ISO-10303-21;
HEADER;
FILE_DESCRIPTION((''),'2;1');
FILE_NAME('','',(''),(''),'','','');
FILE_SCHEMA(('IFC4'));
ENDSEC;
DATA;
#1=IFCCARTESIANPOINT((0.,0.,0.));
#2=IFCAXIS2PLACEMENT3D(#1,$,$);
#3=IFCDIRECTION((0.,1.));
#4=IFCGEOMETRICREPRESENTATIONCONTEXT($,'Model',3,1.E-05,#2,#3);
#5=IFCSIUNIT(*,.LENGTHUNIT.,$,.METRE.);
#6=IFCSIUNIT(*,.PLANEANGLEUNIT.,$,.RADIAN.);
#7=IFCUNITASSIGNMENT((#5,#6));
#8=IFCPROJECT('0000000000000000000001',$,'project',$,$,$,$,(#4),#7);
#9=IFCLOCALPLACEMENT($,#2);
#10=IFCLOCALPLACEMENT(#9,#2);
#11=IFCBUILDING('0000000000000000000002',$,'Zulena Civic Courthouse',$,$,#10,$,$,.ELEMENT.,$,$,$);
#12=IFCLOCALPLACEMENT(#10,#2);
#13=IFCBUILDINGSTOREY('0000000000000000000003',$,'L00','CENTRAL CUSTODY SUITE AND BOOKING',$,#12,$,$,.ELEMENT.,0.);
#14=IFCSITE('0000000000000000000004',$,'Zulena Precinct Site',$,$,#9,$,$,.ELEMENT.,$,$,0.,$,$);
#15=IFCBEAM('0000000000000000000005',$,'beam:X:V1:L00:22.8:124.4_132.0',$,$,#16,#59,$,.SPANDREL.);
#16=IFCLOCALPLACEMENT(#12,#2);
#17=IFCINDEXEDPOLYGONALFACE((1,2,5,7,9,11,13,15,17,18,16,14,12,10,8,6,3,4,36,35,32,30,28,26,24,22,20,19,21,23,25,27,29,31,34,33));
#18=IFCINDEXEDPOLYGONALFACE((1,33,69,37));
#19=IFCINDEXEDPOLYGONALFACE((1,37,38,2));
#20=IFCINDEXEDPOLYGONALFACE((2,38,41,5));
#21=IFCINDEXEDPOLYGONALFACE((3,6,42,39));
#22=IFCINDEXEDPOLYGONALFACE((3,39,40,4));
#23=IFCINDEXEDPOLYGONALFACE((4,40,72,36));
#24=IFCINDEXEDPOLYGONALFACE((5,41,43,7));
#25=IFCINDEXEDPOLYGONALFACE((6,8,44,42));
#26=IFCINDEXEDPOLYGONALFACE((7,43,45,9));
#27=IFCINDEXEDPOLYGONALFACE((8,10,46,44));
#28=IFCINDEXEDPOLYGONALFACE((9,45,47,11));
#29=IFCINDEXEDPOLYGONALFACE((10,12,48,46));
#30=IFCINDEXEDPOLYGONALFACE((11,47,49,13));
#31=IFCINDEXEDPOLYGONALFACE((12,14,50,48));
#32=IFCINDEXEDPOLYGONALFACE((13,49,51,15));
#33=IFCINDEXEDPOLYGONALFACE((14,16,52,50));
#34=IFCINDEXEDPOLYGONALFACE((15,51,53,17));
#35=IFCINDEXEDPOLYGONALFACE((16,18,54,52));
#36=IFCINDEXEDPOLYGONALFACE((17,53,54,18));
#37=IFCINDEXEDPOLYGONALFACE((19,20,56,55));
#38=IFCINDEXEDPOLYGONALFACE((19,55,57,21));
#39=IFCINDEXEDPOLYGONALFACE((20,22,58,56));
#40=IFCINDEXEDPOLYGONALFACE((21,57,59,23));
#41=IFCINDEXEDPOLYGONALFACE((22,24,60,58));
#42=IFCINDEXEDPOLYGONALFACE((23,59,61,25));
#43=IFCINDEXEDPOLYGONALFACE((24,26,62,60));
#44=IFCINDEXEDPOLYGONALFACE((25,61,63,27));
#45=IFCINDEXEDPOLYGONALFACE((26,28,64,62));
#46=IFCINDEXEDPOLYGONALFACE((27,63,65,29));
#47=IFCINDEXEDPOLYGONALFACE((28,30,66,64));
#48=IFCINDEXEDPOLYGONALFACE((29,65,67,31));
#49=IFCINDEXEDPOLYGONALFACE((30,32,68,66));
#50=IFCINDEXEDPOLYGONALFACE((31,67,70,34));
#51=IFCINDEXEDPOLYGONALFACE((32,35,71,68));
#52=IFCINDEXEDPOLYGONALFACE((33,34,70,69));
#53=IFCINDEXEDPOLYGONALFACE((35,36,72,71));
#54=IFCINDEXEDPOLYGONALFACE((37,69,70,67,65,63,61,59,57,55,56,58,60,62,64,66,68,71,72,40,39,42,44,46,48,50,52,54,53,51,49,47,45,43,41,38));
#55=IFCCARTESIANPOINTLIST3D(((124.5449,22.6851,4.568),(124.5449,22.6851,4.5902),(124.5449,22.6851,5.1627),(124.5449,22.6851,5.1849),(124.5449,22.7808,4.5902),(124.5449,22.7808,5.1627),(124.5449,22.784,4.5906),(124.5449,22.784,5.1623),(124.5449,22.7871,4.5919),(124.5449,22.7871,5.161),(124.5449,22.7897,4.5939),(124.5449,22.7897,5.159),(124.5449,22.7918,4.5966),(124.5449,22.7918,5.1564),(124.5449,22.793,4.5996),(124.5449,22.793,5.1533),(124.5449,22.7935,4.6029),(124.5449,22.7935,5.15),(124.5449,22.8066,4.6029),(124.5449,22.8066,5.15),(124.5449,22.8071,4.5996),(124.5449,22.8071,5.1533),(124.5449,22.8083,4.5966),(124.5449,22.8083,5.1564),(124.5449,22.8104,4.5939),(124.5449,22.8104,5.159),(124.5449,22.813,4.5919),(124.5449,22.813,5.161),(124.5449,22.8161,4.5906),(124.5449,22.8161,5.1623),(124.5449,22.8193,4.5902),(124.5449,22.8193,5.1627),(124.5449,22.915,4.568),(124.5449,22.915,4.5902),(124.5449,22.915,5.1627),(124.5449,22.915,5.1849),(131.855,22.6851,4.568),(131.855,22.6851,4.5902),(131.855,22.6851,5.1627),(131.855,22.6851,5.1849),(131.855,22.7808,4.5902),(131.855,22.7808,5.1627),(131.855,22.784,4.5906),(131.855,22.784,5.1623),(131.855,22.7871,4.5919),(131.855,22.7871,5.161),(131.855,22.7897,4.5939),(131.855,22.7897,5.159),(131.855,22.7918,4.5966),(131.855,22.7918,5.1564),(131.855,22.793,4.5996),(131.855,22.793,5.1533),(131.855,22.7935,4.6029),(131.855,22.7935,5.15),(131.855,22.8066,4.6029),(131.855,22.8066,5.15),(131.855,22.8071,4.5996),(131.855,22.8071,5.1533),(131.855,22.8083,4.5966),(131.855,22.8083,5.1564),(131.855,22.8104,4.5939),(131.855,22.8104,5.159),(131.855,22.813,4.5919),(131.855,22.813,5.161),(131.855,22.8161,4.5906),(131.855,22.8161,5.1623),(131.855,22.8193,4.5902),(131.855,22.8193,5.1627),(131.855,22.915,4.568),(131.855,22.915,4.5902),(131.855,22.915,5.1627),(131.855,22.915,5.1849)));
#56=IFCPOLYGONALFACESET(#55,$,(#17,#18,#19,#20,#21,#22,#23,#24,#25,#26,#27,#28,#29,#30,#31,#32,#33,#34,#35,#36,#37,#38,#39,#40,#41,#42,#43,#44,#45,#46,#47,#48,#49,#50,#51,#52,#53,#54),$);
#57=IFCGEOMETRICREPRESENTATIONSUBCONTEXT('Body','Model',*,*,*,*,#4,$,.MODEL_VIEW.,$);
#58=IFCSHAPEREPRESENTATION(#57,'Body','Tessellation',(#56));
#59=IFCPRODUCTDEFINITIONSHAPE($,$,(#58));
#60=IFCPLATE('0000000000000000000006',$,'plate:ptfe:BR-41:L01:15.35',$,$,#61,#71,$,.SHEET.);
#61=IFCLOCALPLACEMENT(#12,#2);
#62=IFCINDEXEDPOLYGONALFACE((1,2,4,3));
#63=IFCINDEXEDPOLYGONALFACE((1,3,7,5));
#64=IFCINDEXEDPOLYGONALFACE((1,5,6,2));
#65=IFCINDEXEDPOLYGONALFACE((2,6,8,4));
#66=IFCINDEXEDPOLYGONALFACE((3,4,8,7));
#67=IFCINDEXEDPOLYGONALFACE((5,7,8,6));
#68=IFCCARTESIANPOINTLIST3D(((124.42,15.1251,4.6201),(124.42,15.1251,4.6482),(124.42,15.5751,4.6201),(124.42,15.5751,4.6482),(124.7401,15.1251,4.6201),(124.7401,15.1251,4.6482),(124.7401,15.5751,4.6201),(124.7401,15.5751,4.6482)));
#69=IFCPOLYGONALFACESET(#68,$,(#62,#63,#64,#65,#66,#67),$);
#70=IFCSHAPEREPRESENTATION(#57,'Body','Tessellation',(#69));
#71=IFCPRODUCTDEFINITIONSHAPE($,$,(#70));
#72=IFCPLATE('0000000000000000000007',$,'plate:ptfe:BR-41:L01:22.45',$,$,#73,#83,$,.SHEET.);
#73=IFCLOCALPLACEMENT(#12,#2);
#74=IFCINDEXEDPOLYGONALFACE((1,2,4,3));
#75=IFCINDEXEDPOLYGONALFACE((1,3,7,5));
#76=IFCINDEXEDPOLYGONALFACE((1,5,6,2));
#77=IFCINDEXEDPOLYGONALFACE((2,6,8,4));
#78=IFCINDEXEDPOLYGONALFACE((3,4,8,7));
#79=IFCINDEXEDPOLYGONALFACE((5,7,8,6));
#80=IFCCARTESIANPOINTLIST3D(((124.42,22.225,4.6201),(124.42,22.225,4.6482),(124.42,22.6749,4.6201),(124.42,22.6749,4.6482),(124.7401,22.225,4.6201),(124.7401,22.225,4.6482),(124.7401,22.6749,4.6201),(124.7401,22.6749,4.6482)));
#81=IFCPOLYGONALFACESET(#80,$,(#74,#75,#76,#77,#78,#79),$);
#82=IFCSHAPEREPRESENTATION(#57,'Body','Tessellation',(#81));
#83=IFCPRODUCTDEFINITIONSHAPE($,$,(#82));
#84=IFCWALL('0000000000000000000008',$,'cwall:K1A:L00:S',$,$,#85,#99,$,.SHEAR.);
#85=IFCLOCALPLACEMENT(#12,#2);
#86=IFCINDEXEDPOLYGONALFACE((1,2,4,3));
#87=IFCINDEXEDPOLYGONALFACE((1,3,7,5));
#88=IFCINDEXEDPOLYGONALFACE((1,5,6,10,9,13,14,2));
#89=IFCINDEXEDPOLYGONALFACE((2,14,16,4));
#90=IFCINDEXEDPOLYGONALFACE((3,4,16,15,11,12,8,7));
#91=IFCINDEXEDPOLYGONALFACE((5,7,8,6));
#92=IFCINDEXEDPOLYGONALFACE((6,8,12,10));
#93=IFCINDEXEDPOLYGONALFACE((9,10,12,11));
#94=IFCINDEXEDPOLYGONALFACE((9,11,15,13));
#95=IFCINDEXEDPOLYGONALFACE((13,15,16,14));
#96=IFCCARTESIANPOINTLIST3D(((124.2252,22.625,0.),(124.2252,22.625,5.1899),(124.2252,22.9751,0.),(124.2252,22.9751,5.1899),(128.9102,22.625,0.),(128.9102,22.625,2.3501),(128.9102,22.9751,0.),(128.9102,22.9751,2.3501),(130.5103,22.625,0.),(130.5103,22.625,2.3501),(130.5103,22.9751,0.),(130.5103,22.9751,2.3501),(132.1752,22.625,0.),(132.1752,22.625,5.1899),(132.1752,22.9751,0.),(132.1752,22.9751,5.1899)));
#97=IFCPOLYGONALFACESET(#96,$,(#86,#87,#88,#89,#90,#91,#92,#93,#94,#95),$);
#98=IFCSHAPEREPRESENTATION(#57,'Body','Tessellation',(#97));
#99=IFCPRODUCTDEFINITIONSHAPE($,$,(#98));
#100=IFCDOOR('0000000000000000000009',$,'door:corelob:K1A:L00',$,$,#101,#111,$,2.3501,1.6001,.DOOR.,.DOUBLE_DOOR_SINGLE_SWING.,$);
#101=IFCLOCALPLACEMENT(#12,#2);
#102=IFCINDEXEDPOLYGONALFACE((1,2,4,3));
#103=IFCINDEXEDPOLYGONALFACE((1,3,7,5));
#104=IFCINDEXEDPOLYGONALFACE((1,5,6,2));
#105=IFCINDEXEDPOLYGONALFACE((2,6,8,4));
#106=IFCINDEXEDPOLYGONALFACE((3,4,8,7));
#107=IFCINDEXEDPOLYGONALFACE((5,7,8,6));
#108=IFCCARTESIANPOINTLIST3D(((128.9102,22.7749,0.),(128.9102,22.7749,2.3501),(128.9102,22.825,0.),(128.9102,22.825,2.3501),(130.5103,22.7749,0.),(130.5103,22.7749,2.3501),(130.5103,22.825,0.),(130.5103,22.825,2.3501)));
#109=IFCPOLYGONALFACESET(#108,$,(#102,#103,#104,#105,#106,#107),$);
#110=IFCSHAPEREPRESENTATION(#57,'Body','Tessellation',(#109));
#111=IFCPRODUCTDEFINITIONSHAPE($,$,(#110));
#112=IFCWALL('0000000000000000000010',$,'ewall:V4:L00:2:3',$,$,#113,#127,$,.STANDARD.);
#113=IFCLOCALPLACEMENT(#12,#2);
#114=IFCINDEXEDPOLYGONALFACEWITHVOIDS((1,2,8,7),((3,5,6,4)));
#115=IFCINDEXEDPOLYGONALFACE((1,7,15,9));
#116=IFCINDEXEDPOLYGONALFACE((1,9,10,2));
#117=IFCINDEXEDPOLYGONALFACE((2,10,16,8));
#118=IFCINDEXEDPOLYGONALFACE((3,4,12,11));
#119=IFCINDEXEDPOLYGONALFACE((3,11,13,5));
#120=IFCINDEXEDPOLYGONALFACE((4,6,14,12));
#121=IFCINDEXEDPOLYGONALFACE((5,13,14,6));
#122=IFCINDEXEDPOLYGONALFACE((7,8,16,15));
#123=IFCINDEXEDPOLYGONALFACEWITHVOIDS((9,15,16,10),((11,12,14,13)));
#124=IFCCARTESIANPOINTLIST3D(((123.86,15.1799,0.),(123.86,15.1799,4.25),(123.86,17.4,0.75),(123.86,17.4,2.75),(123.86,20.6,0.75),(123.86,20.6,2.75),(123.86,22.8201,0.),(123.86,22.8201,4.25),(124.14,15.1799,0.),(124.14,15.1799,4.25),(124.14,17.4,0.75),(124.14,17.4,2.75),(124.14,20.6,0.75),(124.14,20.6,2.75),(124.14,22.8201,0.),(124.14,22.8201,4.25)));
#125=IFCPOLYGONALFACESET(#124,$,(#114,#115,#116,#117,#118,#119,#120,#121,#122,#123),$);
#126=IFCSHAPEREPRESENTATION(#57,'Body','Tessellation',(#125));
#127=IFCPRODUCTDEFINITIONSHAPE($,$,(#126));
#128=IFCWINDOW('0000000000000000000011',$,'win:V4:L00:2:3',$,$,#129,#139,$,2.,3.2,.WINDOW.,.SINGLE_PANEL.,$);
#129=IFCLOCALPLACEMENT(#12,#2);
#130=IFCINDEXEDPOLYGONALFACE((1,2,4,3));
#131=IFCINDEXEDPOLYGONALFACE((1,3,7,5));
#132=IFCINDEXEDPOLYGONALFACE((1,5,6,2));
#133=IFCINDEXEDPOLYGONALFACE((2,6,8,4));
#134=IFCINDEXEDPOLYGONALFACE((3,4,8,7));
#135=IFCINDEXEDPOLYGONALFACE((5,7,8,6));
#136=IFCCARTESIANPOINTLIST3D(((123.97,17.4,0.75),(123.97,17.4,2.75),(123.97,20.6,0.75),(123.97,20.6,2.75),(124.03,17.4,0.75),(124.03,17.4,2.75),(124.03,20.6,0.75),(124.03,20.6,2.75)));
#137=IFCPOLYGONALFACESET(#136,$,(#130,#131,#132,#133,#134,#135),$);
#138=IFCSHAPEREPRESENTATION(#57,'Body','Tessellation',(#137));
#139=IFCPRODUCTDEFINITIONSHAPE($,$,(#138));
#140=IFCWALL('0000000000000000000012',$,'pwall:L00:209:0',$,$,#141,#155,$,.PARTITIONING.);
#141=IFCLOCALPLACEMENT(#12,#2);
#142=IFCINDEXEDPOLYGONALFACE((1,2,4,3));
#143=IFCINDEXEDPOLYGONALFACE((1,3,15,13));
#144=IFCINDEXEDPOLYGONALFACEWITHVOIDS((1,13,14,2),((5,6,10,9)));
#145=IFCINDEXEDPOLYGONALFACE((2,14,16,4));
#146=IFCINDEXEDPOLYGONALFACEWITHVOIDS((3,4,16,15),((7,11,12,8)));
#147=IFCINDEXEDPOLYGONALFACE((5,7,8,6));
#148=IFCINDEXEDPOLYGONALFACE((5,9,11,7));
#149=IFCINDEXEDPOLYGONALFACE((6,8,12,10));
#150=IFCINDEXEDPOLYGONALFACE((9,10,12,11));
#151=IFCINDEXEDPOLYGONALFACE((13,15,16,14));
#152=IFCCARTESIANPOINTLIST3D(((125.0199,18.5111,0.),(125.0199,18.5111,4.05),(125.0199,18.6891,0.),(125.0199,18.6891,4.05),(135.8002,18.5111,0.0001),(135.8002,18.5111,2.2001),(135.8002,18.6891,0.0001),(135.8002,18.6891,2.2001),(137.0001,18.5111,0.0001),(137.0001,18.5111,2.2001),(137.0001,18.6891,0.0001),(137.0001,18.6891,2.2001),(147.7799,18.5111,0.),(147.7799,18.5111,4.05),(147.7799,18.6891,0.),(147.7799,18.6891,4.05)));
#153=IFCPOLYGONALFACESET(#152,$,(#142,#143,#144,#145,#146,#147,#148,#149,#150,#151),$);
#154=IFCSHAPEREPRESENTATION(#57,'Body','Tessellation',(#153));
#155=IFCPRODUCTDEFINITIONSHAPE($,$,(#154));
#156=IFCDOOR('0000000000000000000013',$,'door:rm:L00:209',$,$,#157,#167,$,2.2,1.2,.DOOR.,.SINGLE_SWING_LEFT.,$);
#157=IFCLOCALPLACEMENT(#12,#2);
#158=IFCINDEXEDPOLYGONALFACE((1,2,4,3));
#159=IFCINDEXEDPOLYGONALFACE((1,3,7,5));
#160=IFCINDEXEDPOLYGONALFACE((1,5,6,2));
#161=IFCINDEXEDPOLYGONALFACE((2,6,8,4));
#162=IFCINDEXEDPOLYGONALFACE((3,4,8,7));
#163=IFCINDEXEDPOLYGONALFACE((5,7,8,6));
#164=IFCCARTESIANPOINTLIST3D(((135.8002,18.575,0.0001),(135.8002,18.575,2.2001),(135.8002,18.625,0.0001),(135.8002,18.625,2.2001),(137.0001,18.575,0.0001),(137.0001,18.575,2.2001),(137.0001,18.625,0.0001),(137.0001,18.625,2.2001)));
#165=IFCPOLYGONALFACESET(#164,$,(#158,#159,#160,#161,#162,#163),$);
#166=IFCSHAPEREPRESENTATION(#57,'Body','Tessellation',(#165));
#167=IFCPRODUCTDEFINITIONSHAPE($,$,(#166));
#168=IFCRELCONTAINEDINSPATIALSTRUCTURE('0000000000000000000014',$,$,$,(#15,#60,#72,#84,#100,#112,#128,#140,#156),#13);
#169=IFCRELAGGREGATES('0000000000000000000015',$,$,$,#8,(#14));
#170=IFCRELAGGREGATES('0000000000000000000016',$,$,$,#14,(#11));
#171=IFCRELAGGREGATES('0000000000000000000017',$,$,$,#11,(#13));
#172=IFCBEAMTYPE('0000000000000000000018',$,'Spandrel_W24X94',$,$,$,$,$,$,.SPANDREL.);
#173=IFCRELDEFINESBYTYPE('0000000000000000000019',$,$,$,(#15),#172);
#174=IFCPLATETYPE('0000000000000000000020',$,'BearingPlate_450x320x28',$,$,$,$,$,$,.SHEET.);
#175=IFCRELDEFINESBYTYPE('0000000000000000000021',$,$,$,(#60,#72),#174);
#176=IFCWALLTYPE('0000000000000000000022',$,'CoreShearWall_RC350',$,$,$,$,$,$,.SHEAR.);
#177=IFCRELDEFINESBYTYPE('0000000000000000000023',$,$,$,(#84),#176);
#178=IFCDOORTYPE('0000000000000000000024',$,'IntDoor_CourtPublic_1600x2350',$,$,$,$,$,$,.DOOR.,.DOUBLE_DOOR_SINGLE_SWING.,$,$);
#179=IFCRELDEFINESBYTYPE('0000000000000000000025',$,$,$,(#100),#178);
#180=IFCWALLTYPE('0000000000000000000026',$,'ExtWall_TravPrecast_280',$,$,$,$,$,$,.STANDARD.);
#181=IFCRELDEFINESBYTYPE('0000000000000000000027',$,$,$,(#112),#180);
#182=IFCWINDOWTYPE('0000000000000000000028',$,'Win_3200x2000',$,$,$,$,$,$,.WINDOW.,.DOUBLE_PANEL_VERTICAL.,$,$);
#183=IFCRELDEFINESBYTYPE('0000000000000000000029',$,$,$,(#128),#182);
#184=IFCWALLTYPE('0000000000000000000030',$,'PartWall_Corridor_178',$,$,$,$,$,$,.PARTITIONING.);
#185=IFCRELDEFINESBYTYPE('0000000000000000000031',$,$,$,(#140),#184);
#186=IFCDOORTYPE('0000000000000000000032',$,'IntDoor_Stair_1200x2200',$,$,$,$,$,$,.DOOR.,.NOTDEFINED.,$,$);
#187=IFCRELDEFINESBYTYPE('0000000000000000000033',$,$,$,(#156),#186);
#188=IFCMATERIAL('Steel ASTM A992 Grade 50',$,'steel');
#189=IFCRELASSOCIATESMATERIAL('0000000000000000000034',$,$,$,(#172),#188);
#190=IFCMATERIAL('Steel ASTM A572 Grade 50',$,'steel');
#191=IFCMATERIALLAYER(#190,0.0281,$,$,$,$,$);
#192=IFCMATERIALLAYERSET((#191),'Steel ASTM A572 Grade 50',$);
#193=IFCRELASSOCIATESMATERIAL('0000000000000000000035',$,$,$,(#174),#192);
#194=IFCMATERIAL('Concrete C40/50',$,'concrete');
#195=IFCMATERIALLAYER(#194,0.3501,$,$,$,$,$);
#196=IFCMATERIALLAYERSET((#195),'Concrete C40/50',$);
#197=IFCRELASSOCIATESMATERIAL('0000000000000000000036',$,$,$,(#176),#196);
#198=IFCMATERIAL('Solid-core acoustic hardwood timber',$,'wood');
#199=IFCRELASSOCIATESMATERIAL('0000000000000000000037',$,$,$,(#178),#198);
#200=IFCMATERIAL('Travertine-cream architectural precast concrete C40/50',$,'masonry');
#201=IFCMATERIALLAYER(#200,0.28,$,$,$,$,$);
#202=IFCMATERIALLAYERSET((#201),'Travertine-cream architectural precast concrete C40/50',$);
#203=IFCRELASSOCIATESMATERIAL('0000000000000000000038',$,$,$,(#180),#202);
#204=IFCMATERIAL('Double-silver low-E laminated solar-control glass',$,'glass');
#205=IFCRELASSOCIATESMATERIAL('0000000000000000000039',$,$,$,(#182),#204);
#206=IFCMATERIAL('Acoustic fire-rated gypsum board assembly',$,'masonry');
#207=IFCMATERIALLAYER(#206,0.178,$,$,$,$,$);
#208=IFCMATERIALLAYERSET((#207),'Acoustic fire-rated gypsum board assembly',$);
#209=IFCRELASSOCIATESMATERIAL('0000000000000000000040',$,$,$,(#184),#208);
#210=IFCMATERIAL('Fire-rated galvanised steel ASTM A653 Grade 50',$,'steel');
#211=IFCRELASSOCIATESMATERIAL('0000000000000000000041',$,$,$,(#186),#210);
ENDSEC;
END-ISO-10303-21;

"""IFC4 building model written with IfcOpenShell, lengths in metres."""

from ifc_helpers import new_model, si_unit, direction, frame, frame_2d, origin, origin_2d, place, context, subcontext, project, spatial, rectangle, i_section, extrude, material, layer, layer_set, material_profile, profile_set, type_object, element, fill, save


model = new_model("IFC4")

# Units and contexts
model_context = context("Model", 3, precision=1e-05, world=origin(), true_north=direction((0.0, 1.0)))
body_context = subcontext(model_context, "Body", "Model", "MODEL_VIEW")
ifc_project = project(units=[si_unit("LENGTHUNIT", "METRE"), si_unit("PLANEANGLEUNIT", "RADIAN")], contexts=[model_context])

# Site, building, storey
site_placement = place(None, origin())
site = spatial("IfcSite", under=ifc_project, at=site_placement, Name="Zulena Precinct Site", CompositionType="ELEMENT", RefElevation=0.0)
building_placement = place(site_placement, origin())
building = spatial("IfcBuilding", under=site, at=building_placement, Name="Zulena Civic Courthouse", CompositionType="ELEMENT")
storey_placement = place(building_placement, origin())
storey = spatial("IfcBuildingStorey", under=building, at=storey_placement, Name="L00", Description="CENTRAL CUSTODY SUITE AND BOOKING", CompositionType="ELEMENT", Elevation=0.0)

# Shared definitions
ifc_material_1 = material(Name="Concrete C40/50", Category="concrete")

# Shared definitions
ifc_material_2 = material(Name="Steel ASTM A992 Grade 50", Category="steel")

# Beam
ifc_material_profile_1 = material_profile(ifc_material_2, i_section(OverallWidth=0.23, OverallDepth=0.6169, WebThickness=0.0132, FlangeThickness=0.0222, FilletRadius=0.0127, at=origin_2d()), Name="W24X94")
ifc_profile_set_1 = profile_set([ifc_material_profile_1], Name="Steel ASTM A992 Grade 50")
beam_type_1 = type_object("IfcBeamType", Name="Spandrel_W24X94", PredefinedType="SPANDREL", material=ifc_profile_set_1)
beam_placement = place(storey_placement, frame((124.5449, 22.8, 4.8765), z_axis=(1.0, 0.0, 0.0), x_axis=(0.0, 1.0, 0.0)))
element("IfcBeam", 1, at=beam_placement, inside=storey, type_object=beam_type_1, Name="beam:X:V1:L00:22.8:124.4_132.0", PredefinedType="SPANDREL", context=body_context, shape_type="SweptSolid", body=[
    extrude(i_section(OverallWidth=0.23, OverallDepth=0.6169, WebThickness=0.0132, FlangeThickness=0.0222, FilletRadius=0.0127, at=origin_2d()), origin(), (0.0, 0.0, 1.0), 7.3101),
])

# Plates
ifc_material_3 = material(Name="Steel ASTM A572 Grade 50", Category="steel")
ifc_layer_1 = layer(ifc_material_3, 0.0281)
ifc_layer_set_1 = layer_set([ifc_layer_1], Name="Steel ASTM A572 Grade 50")
plate_type = type_object("IfcPlateType", Name="BearingPlate_450x320x28", PredefinedType="SHEET", material=ifc_layer_set_1)
for number, where, z_axis, x_axis, name in (
    (2, (124.5801, 15.3501, 4.6201), (0.0, 0.0, 1.0), (1.0, 0.0, 0.0), "plate:ptfe:BR-41:L01:15.35"),
    (3, (124.5801, 22.45, 4.6201), (0.0, 0.0, 1.0), (1.0, 0.0, 0.0), "plate:ptfe:BR-41:L01:22.45"),
):
    element("IfcPlate", number, at=place(storey_placement, frame(where, z_axis=z_axis, x_axis=x_axis)), inside=storey, type_object=plate_type, Name=name, PredefinedType="SHEET", context=body_context, shape_type="SweptSolid", body=[
        extrude(rectangle(XDim=0.3201, YDim=0.45, at=origin_2d()), origin(), (0.0, 0.0, 1.0), 0.0281),
    ])

# Wall, opening, door
ifc_layer_2 = layer(ifc_material_1, 0.3501)
ifc_layer_set_2 = layer_set([ifc_layer_2], Name="Concrete C40/50")
wall_type_1 = type_object("IfcWallType", Name="CoreShearWall_RC350", PredefinedType="SHEAR", material=ifc_layer_set_2)
wall_1_placement = place(storey_placement, frame((124.2251, 22.8, 0.0), z_axis=(0.0, 0.0, 1.0), x_axis=(1.0, 0.0, 0.0)))
wall_1 = element("IfcWall", 4, at=wall_1_placement, inside=storey, type_object=wall_type_1, Name="cwall:K1A:L00:S", PredefinedType="SHEAR", context=body_context, shape_type="SweptSolid", body=[
    extrude(rectangle(XDim=7.95, YDim=0.3501, at=frame_2d((3.9751, 0.0))), origin(), (0.0, 0.0, 1.0), 5.1899),
])
opening_1_placement = place(wall_1_placement, frame((4.6851, 0.0, 0.0)))
opening_1 = element("IfcOpeningElement", 5, at=opening_1_placement, cuts=wall_1, PredefinedType="OPENING", context=body_context, shape_type="SweptSolid", body=[
    extrude(rectangle(XDim=1.6001, YDim=2.3501, at=frame_2d((0.8, 1.175))), frame((0.0, 0.1851, 0.0), z_axis=(0.0, -1.0, 0.0), x_axis=(1.0, 0.0, 0.0)), (0.0, 0.0, 1.0), 0.3701),
])
ifc_material_4 = material(Name="Solid-core acoustic hardwood timber", Category="wood")
door_type_1 = type_object("IfcDoorType", Name="IntDoor_CourtPublic_1600x2350", OperationType="DOUBLE_DOOR_SINGLE_SWING", PredefinedType="DOOR", material=ifc_material_4)
door_1_placement = place(opening_1_placement, origin())
door_1 = element("IfcDoor", 6, at=door_1_placement, inside=storey, type_object=door_type_1, Name="door:corelob:K1A:L00", OperationType="DOUBLE_DOOR_SINGLE_SWING", OverallHeight=2.3501, OverallWidth=1.6001, PredefinedType="DOOR", context=body_context, shape_type="SweptSolid", body=[
    extrude(rectangle(XDim=1.6001, YDim=2.3501, at=frame_2d((0.8, 1.175))), frame((0.0, 0.0249, 0.0), z_axis=(0.0, -1.0, 0.0), x_axis=(1.0, 0.0, 0.0)), (0.0, 0.0, 1.0), 0.05),
])
fill(opening_1, door_1)

# Wall, opening, window
ifc_material_5 = material(Name="Travertine-cream architectural precast concrete C40/50", Category="masonry")
ifc_layer_3 = layer(ifc_material_5, 0.28)
ifc_layer_set_3 = layer_set([ifc_layer_3], Name="Travertine-cream architectural precast concrete C40/50")
wall_type_2 = type_object("IfcWallType", Name="ExtWall_TravPrecast_280", PredefinedType="STANDARD", material=ifc_layer_set_3)
wall_2_placement = place(storey_placement, frame((124.0, 22.8201, 0.0), z_axis=(0.0, 0.0, 1.0), x_axis=(0.0, -1.0, 0.0)))
wall_2 = element("IfcWall", 7, at=wall_2_placement, inside=storey, type_object=wall_type_2, Name="ewall:V4:L00:2:3", PredefinedType="STANDARD", context=body_context, shape_type="SweptSolid", body=[
    extrude(rectangle(XDim=7.6401, YDim=0.28, at=frame_2d((3.8201, 0.0))), origin(), (0.0, 0.0, 1.0), 4.25),
])
opening_2_placement = place(wall_2_placement, frame((2.22, 0.0, 0.75)))
opening_2 = element("IfcOpeningElement", 8, at=opening_2_placement, cuts=wall_2, PredefinedType="OPENING", context=body_context, shape_type="SweptSolid", body=[
    extrude(rectangle(XDim=3.2, YDim=2.0, at=frame_2d((1.6001, 1.0))), frame((0.0, 0.1499, 0.0), z_axis=(0.0, -1.0, 0.0), x_axis=(1.0, 0.0, 0.0)), (0.0, 0.0, 1.0), 0.3),
])
ifc_material_6 = material(Name="Double-silver low-E laminated solar-control glass", Category="glass")
window_type = type_object("IfcWindowType", Name="Win_3200x2000", PartitioningType="DOUBLE_PANEL_VERTICAL", PredefinedType="WINDOW", material=ifc_material_6)
window_placement = place(opening_2_placement, origin())
window = element("IfcWindow", 9, at=window_placement, inside=storey, type_object=window_type, Name="win:V4:L00:2:3", OverallHeight=2.0, OverallWidth=3.2, PartitioningType="SINGLE_PANEL", PredefinedType="WINDOW", context=body_context, shape_type="SweptSolid", body=[
    extrude(rectangle(XDim=3.2, YDim=2.0, at=frame_2d((1.6001, 1.0))), frame((0.0, 0.03, 0.0), z_axis=(0.0, -1.0, 0.0), x_axis=(1.0, 0.0, 0.0)), (0.0, 0.0, 1.0), 0.0601),
])
fill(opening_2, window)

# Wall, opening, door
ifc_material_7 = material(Name="Acoustic fire-rated gypsum board assembly", Category="masonry")
ifc_layer_4 = layer(ifc_material_7, 0.178)
ifc_layer_set_4 = layer_set([ifc_layer_4], Name="Acoustic fire-rated gypsum board assembly")
wall_type_3 = type_object("IfcWallType", Name="PartWall_Corridor_178", PredefinedType="PARTITIONING", material=ifc_layer_set_4)
wall_3_placement = place(storey_placement, frame((125.02, 18.6001, 0.0), z_axis=(0.0, 0.0, 1.0), x_axis=(1.0, 0.0, 0.0)))
wall_3 = element("IfcWall", 10, at=wall_3_placement, inside=storey, type_object=wall_type_3, Name="pwall:L00:209:0", PredefinedType="PARTITIONING", context=body_context, shape_type="SweptSolid", body=[
    extrude(rectangle(XDim=22.76, YDim=0.178, at=frame_2d((11.3799, 0.0))), origin(), (0.0, 0.0, 1.0), 4.05),
])
opening_3_placement = place(wall_3_placement, frame((10.78, 0.0, 0.0)))
opening_3 = element("IfcOpeningElement", 11, at=opening_3_placement, cuts=wall_3, PredefinedType="OPENING", context=body_context, shape_type="SweptSolid", body=[
    extrude(rectangle(XDim=1.2, YDim=2.2, at=frame_2d((0.6001, 1.1001))), frame((0.0, 0.0989, 0.0), z_axis=(0.0, -1.0, 0.0), x_axis=(1.0, 0.0, 0.0)), (0.0, 0.0, 1.0), 0.198),
])
ifc_material_8 = material(Name="Fire-rated galvanised steel ASTM A653 Grade 50", Category="steel")
door_type_2 = type_object("IfcDoorType", Name="IntDoor_Stair_1200x2200", OperationType="NOTDEFINED", PredefinedType="DOOR", material=ifc_material_8)
door_2_placement = place(opening_3_placement, origin())
door_2 = element("IfcDoor", 12, at=door_2_placement, inside=storey, type_object=door_type_2, Name="door:rm:L00:209", OperationType="SINGLE_SWING_LEFT", OverallHeight=2.2, OverallWidth=1.2, PredefinedType="DOOR", context=body_context, shape_type="SweptSolid", body=[
    extrude(rectangle(XDim=1.2, YDim=2.2, at=frame_2d((0.6001, 1.1001))), frame((0.0, 0.0249, 0.0), z_axis=(0.0, -1.0, 0.0), x_axis=(1.0, 0.0, 0.0)), (0.0, 0.0, 1.0), 0.05),
])
fill(opening_3, door_2)

save(model, "model.ifc")
